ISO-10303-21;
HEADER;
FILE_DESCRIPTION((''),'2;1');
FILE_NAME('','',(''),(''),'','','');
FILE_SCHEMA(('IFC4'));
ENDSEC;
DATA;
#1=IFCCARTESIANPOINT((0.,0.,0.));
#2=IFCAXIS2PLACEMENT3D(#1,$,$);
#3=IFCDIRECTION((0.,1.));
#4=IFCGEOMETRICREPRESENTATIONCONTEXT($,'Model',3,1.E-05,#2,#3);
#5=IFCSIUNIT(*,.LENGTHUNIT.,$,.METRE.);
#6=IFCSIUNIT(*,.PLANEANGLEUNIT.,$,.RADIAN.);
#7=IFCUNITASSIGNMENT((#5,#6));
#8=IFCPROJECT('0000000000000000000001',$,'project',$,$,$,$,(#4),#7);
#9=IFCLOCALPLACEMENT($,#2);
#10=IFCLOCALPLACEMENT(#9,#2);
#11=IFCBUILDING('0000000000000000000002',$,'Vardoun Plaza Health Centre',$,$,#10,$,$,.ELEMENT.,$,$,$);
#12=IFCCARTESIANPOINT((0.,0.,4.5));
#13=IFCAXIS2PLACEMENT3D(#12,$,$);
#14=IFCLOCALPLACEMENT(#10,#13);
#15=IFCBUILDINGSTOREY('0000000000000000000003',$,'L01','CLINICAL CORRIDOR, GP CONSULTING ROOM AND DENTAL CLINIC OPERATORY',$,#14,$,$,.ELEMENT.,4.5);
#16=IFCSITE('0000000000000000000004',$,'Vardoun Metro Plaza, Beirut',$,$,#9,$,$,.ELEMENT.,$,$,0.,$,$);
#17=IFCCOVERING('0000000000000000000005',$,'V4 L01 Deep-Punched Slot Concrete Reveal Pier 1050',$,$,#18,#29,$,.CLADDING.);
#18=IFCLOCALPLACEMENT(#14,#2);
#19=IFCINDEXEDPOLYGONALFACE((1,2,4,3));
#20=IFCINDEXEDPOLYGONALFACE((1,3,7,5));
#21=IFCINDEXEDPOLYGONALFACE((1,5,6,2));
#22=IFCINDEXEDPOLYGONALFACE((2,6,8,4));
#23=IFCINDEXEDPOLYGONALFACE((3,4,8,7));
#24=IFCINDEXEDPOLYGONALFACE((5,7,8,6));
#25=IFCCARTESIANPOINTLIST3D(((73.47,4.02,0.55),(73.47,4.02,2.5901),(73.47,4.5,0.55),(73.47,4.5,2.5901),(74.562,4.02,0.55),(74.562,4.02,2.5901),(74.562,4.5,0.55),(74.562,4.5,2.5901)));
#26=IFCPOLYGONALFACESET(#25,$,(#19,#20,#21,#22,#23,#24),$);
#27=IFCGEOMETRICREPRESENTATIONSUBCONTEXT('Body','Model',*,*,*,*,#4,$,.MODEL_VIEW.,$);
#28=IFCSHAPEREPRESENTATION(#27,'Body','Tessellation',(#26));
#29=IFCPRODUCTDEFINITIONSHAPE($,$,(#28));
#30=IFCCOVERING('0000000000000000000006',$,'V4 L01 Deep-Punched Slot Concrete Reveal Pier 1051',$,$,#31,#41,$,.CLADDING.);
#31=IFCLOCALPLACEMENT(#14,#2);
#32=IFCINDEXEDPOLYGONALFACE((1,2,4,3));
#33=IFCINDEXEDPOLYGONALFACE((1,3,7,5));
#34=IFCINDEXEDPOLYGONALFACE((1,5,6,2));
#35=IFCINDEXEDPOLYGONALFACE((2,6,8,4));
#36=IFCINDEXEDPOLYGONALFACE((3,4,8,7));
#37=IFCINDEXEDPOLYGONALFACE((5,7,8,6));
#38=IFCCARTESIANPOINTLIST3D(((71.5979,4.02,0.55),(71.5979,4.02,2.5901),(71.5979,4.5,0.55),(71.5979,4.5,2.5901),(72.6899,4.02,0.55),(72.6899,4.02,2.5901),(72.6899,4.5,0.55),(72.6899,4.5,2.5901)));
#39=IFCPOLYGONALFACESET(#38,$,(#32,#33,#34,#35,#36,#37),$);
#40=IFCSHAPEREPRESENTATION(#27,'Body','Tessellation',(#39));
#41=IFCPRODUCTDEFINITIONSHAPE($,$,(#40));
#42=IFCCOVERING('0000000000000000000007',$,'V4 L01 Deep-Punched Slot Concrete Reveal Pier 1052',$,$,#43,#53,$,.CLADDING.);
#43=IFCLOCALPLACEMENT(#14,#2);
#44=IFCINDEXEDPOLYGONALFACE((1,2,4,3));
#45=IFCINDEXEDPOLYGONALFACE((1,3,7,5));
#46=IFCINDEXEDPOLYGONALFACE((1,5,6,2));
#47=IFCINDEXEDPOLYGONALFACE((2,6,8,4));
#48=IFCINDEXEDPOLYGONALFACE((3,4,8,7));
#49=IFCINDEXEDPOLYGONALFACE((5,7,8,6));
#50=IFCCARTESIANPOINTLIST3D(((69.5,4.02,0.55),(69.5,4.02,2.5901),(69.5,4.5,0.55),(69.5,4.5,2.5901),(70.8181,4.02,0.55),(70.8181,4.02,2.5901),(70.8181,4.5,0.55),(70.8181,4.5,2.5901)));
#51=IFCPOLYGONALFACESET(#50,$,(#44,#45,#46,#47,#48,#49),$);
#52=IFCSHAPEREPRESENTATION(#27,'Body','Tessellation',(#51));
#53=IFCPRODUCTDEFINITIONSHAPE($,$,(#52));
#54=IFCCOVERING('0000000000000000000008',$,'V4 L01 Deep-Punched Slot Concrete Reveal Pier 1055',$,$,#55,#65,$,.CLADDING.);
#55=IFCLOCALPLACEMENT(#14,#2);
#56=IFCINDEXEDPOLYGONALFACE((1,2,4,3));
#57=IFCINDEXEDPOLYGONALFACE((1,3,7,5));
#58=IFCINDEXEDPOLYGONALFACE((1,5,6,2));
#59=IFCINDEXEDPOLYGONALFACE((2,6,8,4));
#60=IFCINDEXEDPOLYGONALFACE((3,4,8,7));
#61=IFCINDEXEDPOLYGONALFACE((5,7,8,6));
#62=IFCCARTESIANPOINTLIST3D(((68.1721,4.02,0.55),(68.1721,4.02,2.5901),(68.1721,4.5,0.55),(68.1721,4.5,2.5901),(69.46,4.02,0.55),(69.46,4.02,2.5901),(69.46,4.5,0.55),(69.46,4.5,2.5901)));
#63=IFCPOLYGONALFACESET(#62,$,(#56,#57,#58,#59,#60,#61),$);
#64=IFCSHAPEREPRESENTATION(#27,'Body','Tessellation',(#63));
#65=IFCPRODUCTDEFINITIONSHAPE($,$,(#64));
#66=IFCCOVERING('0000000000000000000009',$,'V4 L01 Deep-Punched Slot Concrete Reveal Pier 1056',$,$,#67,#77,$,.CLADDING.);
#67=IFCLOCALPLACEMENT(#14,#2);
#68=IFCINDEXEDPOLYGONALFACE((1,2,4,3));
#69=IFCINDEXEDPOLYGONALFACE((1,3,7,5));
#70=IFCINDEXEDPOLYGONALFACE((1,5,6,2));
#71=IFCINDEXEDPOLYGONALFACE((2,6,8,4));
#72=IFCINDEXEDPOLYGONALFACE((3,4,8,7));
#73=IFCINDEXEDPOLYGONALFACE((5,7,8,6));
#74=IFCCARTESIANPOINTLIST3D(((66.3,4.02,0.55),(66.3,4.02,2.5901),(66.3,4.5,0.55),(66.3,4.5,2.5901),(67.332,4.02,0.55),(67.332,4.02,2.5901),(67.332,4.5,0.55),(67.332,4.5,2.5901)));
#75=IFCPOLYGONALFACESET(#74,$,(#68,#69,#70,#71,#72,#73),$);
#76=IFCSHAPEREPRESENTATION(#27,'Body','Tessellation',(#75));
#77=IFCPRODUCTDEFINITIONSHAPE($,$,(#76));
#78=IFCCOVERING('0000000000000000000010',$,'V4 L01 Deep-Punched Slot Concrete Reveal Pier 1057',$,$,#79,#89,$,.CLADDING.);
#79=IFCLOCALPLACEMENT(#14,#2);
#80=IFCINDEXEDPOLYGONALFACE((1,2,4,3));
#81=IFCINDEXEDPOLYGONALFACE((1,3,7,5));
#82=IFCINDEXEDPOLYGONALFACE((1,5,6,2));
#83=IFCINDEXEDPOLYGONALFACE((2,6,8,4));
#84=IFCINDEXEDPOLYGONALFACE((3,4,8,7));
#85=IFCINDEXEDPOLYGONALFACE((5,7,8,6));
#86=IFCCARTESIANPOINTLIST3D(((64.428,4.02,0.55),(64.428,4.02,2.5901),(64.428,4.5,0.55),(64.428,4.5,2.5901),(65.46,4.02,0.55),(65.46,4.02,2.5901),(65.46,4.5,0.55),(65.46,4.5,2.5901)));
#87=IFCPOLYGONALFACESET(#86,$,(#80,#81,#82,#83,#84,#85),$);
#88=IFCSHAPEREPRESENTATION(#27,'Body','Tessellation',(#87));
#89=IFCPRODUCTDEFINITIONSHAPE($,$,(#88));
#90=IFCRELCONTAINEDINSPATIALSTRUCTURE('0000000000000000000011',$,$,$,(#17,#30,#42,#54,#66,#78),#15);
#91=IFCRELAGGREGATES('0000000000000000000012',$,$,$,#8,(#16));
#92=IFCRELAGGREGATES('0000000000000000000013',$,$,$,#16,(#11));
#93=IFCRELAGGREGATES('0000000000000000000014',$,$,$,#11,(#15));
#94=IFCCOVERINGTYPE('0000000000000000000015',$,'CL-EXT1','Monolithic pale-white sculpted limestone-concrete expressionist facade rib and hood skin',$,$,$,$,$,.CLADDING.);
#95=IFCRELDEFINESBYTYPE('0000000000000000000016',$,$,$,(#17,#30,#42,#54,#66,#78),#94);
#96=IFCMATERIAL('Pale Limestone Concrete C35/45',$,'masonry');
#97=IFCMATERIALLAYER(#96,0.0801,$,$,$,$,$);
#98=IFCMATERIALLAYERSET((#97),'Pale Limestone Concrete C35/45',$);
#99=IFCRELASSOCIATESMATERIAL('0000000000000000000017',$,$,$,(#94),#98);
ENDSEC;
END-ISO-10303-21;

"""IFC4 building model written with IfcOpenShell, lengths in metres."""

from ifc_helpers import new_model, si_unit, direction, frame, origin, place, context, subcontext, project, spatial, polyline, outline, extrude, material, layer, layer_set, type_object, element, save


model = new_model("IFC4")

# Units and contexts
model_context = context("Model", 3, precision=1e-05, world=origin(), true_north=direction((0.0, 1.0)))
body_context = subcontext(model_context, "Body", "Model", "MODEL_VIEW")
ifc_project = project(units=[si_unit("LENGTHUNIT", "METRE"), si_unit("PLANEANGLEUNIT", "RADIAN")], contexts=[model_context])

# Site, building, storey
site_placement = place(None, origin())
site = spatial("IfcSite", under=ifc_project, at=site_placement, Name="Vardoun Metro Plaza, Beirut", CompositionType="ELEMENT", RefElevation=0.0)
building_placement = place(site_placement, origin())
building = spatial("IfcBuilding", under=site, at=building_placement, Name="Vardoun Plaza Health Centre", CompositionType="ELEMENT")
storey_placement = place(building_placement, frame((0.0, 0.0, 4.5)))
storey = spatial("IfcBuildingStorey", under=building, at=storey_placement, Name="L01", Description="CLINICAL CORRIDOR, GP CONSULTING ROOM AND DENTAL CLINIC OPERATORY", CompositionType="ELEMENT", Elevation=4.5)

# Coverings
ifc_material = material(Name="Pale Limestone Concrete C35/45", Category="masonry")
ifc_layer = layer(ifc_material, 0.0801)
ifc_layer_set = layer_set([ifc_layer], Name="Pale Limestone Concrete C35/45")
covering_type = type_object("IfcCoveringType", Name="CL-EXT1", Description="Monolithic pale-white sculpted limestone-concrete expressionist facade rib and hood skin", PredefinedType="CLADDING", material=ifc_layer_set)
covering_1_placement = place(storey_placement, frame((0.0, 0.0, 0.55)))
element("IfcCovering", 1, at=covering_1_placement, inside=storey, type_object=covering_type, Name="V4 L01 Deep-Punched Slot Concrete Reveal Pier 1050", PredefinedType="CLADDING", context=body_context, shape_type="SweptSolid", body=[
    extrude(outline(polyline([(74.562, 4.5), (73.47, 4.5), (73.47, 4.02), (74.562, 4.02), (74.562, 4.5)])), origin(), (0.0, 0.0, 1.0), 2.04),
])
covering_2_placement = place(storey_placement, frame((0.0, 0.0, 0.55)))
element("IfcCovering", 2, at=covering_2_placement, inside=storey, type_object=covering_type, Name="V4 L01 Deep-Punched Slot Concrete Reveal Pier 1051", PredefinedType="CLADDING", context=body_context, shape_type="SweptSolid", body=[
    extrude(outline(polyline([(72.6899, 4.5), (71.5979, 4.5), (71.5979, 4.02), (72.6899, 4.02), (72.6899, 4.5)])), origin(), (0.0, 0.0, 1.0), 2.04),
])
covering_3_placement = place(storey_placement, frame((0.0, 0.0, 0.55)))
element("IfcCovering", 3, at=covering_3_placement, inside=storey, type_object=covering_type, Name="V4 L01 Deep-Punched Slot Concrete Reveal Pier 1052", PredefinedType="CLADDING", context=body_context, shape_type="SweptSolid", body=[
    extrude(outline(polyline([(70.8181, 4.5), (69.5, 4.5), (69.5, 4.02), (70.8181, 4.02), (70.8181, 4.5)])), origin(), (0.0, 0.0, 1.0), 2.04),
])
covering_4_placement = place(storey_placement, frame((0.0, 0.0, 0.55)))
element("IfcCovering", 4, at=covering_4_placement, inside=storey, type_object=covering_type, Name="V4 L01 Deep-Punched Slot Concrete Reveal Pier 1055", PredefinedType="CLADDING", context=body_context, shape_type="SweptSolid", body=[
    extrude(outline(polyline([(69.46, 4.5), (68.1721, 4.5), (68.1721, 4.02), (69.46, 4.02), (69.46, 4.5)])), origin(), (0.0, 0.0, 1.0), 2.04),
])
covering_5_placement = place(storey_placement, frame((0.0, 0.0, 0.55)))
element("IfcCovering", 5, at=covering_5_placement, inside=storey, type_object=covering_type, Name="V4 L01 Deep-Punched Slot Concrete Reveal Pier 1056", PredefinedType="CLADDING", context=body_context, shape_type="SweptSolid", body=[
    extrude(outline(polyline([(67.332, 4.5), (66.3, 4.5), (66.3, 4.02), (67.332, 4.02), (67.332, 4.5)])), origin(), (0.0, 0.0, 1.0), 2.04),
])
covering_6_placement = place(storey_placement, frame((0.0, 0.0, 0.55)))
element("IfcCovering", 6, at=covering_6_placement, inside=storey, type_object=covering_type, Name="V4 L01 Deep-Punched Slot Concrete Reveal Pier 1057", PredefinedType="CLADDING", context=body_context, shape_type="SweptSolid", body=[
    extrude(outline(polyline([(65.46, 4.5), (64.428, 4.5), (64.428, 4.02), (65.46, 4.02), (65.46, 4.5)])), origin(), (0.0, 0.0, 1.0), 2.04),
])

save(model, "model.ifc")
